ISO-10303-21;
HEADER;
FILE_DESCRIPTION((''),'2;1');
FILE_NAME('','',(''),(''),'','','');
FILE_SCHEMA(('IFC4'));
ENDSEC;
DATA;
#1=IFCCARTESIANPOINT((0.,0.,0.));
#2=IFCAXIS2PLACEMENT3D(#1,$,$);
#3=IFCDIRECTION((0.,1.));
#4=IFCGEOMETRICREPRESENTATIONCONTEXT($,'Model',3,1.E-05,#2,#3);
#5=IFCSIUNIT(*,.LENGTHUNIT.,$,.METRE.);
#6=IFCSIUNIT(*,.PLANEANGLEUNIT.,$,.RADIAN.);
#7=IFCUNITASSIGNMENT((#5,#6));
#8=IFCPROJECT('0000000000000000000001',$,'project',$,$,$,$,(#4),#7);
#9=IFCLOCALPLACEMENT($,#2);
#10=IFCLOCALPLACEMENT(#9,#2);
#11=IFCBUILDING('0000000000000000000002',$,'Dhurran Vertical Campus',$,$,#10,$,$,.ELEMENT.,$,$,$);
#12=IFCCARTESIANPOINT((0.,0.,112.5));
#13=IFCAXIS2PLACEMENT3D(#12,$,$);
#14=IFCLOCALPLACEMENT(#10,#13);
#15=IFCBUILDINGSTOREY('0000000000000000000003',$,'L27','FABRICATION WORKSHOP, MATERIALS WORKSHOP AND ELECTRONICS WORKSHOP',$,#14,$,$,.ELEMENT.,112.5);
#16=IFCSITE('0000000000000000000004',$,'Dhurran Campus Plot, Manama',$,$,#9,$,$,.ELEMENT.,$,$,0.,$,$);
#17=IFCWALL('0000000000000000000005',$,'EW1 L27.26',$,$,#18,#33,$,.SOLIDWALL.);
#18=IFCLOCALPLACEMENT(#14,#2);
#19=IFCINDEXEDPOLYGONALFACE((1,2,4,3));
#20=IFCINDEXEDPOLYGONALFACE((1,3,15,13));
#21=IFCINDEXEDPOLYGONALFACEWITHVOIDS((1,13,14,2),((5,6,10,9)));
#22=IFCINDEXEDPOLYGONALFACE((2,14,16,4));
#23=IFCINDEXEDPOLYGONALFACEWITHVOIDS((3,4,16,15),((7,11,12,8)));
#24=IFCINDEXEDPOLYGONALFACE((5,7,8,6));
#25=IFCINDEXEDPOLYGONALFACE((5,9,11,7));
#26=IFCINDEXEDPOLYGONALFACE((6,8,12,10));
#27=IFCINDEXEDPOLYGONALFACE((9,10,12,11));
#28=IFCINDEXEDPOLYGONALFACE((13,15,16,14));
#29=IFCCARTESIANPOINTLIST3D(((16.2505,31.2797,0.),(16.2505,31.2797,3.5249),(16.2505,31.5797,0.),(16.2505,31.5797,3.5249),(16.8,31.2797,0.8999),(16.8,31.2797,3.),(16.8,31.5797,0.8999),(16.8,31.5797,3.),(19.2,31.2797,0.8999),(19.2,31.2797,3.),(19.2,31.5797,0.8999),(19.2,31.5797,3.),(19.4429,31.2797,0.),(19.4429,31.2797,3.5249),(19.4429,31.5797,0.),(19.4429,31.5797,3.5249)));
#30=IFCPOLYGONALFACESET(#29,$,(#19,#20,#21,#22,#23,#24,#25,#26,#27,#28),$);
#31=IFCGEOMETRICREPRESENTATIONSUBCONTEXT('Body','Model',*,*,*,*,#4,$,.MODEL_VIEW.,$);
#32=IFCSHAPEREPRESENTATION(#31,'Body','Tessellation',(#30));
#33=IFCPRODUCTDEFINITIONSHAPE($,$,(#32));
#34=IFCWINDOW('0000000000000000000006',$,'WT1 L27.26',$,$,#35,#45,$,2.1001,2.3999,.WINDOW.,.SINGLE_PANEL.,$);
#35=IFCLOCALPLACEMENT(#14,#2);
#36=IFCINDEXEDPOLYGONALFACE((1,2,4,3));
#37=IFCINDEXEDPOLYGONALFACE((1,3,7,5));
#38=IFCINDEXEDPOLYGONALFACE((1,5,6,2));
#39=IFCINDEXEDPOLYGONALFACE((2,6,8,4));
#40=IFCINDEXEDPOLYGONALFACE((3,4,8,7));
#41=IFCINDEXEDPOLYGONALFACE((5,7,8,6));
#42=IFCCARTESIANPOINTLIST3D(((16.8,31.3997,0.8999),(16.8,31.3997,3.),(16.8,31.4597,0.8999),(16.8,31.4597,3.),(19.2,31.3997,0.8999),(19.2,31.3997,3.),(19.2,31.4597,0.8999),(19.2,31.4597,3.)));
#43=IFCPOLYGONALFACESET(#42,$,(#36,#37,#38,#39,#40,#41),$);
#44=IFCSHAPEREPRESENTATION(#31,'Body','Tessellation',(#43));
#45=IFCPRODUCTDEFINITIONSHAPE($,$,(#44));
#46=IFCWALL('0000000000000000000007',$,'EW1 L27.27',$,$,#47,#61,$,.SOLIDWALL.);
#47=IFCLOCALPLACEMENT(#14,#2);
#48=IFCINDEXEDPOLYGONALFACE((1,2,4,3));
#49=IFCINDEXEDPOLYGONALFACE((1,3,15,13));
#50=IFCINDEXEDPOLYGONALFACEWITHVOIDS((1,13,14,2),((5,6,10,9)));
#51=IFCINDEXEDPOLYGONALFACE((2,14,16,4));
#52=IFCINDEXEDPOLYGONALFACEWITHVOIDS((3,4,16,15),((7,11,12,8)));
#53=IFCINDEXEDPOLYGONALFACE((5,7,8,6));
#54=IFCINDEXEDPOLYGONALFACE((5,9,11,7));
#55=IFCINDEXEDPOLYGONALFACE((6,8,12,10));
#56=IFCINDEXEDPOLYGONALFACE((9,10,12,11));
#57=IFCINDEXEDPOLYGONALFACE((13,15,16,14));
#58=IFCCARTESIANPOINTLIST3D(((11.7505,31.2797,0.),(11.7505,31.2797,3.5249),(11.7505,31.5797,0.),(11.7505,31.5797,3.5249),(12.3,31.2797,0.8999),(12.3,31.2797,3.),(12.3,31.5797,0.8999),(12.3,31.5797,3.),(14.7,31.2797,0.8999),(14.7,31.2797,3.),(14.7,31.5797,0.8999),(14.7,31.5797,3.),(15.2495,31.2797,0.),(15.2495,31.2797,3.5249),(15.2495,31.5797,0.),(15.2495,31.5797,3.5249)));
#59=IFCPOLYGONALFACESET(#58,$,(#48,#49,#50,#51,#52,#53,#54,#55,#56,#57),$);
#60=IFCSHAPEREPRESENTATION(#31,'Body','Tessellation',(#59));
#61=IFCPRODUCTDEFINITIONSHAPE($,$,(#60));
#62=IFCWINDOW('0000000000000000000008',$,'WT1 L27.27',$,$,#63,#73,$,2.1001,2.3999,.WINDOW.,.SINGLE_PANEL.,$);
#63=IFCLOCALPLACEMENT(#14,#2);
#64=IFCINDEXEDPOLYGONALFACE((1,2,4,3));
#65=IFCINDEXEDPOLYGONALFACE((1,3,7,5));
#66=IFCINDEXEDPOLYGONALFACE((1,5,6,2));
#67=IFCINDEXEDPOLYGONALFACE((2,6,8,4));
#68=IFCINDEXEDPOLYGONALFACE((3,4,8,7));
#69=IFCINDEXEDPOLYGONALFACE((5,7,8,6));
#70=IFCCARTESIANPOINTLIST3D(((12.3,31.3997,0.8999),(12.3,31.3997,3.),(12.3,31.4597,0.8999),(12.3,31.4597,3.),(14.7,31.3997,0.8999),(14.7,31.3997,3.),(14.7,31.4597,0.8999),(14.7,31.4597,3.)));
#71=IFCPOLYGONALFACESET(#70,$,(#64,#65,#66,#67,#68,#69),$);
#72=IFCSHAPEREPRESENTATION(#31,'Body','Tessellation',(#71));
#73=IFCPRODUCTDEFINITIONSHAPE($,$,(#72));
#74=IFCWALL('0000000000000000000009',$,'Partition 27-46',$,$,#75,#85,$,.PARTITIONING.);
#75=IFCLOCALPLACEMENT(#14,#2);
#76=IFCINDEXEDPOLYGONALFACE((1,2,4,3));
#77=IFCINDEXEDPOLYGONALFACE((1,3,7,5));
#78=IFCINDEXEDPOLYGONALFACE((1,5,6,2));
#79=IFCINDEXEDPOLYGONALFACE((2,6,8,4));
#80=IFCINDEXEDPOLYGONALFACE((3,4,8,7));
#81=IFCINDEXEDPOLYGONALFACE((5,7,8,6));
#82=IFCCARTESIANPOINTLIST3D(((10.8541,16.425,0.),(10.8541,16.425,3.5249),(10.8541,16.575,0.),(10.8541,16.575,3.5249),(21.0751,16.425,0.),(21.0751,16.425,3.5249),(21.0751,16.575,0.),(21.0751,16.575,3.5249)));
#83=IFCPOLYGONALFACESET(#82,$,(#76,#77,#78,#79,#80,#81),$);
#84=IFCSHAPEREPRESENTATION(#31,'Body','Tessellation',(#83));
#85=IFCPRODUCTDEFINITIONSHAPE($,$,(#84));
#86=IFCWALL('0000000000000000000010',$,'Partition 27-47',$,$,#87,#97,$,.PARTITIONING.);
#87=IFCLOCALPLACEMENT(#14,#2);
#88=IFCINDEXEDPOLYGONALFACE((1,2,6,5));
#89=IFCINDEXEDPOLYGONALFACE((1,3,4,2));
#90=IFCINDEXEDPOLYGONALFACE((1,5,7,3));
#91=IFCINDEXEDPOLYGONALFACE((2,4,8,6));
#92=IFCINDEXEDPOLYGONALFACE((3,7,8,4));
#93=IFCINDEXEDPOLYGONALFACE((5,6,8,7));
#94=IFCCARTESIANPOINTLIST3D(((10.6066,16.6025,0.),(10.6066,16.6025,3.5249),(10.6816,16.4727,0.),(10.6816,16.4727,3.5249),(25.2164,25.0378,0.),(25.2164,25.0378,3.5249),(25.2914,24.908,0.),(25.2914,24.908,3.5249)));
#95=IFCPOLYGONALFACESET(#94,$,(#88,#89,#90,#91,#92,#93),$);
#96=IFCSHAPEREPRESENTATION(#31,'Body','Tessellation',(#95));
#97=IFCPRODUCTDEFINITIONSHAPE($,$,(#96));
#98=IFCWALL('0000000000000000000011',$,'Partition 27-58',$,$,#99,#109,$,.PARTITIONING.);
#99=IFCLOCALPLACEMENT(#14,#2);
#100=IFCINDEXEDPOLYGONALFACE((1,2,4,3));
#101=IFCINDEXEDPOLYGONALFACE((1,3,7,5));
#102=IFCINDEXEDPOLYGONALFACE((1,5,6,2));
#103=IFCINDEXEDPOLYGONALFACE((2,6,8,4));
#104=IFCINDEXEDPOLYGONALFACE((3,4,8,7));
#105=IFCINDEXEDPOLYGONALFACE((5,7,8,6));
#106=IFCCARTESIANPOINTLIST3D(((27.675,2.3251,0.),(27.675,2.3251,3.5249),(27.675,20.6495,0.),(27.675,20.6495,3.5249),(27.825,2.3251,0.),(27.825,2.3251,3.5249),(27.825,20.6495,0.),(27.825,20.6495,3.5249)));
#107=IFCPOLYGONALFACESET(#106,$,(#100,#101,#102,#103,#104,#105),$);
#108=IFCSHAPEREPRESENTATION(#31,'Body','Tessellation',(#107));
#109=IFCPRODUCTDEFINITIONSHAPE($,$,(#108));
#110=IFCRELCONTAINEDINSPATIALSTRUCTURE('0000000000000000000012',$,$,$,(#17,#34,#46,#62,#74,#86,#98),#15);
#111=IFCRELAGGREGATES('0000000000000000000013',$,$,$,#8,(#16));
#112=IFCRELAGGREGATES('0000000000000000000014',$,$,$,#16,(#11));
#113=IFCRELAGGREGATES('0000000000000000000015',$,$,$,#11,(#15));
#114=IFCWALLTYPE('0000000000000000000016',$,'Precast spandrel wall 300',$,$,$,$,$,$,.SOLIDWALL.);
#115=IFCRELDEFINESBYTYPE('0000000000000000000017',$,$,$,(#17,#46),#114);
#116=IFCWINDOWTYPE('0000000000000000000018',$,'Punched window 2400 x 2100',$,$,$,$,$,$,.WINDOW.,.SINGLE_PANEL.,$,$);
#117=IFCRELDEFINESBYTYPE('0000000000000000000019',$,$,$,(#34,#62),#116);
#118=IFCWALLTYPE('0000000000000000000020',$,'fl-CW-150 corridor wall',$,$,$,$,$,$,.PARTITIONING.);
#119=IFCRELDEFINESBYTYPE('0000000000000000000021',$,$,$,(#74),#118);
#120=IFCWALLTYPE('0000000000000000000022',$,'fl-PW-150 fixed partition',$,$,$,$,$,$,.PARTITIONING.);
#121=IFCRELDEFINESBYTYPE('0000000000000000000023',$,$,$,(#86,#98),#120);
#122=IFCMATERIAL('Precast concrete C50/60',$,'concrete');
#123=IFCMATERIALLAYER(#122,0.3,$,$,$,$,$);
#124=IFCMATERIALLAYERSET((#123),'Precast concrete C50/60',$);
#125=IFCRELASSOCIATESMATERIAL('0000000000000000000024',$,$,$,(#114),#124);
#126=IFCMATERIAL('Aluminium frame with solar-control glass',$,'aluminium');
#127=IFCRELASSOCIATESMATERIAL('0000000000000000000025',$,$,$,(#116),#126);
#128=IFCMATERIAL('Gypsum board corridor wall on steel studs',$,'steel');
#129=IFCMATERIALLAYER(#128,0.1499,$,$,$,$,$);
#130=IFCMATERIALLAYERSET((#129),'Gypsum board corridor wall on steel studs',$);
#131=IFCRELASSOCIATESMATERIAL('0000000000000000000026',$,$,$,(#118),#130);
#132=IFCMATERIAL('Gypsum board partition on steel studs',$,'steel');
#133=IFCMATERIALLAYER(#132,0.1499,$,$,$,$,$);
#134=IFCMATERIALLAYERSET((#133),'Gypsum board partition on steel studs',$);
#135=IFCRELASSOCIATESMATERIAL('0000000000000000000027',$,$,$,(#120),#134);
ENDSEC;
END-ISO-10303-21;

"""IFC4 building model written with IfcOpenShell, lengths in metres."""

from ifc_helpers import new_model, si_unit, direction, frame, frame_2d, origin, place, context, subcontext, project, spatial, rectangle, extrude, material, layer, layer_set, type_object, element, fill, save


model = new_model("IFC4")

# Units and contexts
model_context = context("Model", 3, precision=1e-05, world=origin(), true_north=direction((0.0, 1.0)))
body_context = subcontext(model_context, "Body", "Model", "MODEL_VIEW")
ifc_project = project(units=[si_unit("LENGTHUNIT", "METRE"), si_unit("PLANEANGLEUNIT", "RADIAN")], contexts=[model_context])

# Site, building, storey
site_placement = place(None, origin())
site = spatial("IfcSite", under=ifc_project, at=site_placement, Name="Dhurran Campus Plot, Manama", CompositionType="ELEMENT", RefElevation=0.0)
building_placement = place(site_placement, origin())
building = spatial("IfcBuilding", under=site, at=building_placement, Name="Dhurran Vertical Campus", CompositionType="ELEMENT")
storey_placement = place(building_placement, frame((0.0, 0.0, 112.5)))
storey = spatial("IfcBuildingStorey", under=building, at=storey_placement, Name="L27", Description="FABRICATION WORKSHOP, MATERIALS WORKSHOP AND ELECTRONICS WORKSHOP", CompositionType="ELEMENT", Elevation=112.5)

# Walls, openings, windows
ifc_material_1 = material(Name="Precast concrete C50/60", Category="concrete")
ifc_layer_1 = layer(ifc_material_1, 0.3)
ifc_layer_set_1 = layer_set([ifc_layer_1], Name="Precast concrete C50/60")
wall_type_1 = type_object("IfcWallType", Name="Precast spandrel wall 300", PredefinedType="SOLIDWALL", material=ifc_layer_set_1)
ifc_material_2 = material(Name="Aluminium frame with solar-control glass", Category="aluminium")
window_type = type_object("IfcWindowType", Name="Punched window 2400 x 2100", PartitioningType="SINGLE_PANEL", PredefinedType="WINDOW", material=ifc_material_2)
wall_1_placement = place(storey_placement, frame((19.4429, 31.4297, 0.0), z_axis=(0.0, 0.0, 1.0), x_axis=(-1.0, 0.0, 0.0)))
wall_1 = element("IfcWall", 1, at=wall_1_placement, inside=storey, type_object=wall_type_1, Name="EW1 L27.26", PredefinedType="SOLIDWALL", context=body_context, shape_type="SweptSolid", body=[
    extrude(rectangle(XDim=3.1924, YDim=0.3, at=frame_2d((1.5962, 0.0))), origin(), (0.0, 0.0, 1.0), 3.5249),
])
opening_1_placement = place(wall_1_placement, frame((0.2429, 0.0, 0.8999)))
opening_1 = element("IfcOpeningElement", 2, at=opening_1_placement, cuts=wall_1, PredefinedType="OPENING", context=body_context, shape_type="SweptSolid", body=[
    extrude(rectangle(XDim=2.3999, YDim=2.1001, at=frame_2d((1.2, 1.05))), frame((0.0, 0.1599, 0.0), z_axis=(0.0, -1.0, 0.0), x_axis=(1.0, 0.0, 0.0)), (0.0, 0.0, 1.0), 0.3201),
])
window_1_placement = place(opening_1_placement, origin())
window_1 = element("IfcWindow", 3, at=window_1_placement, inside=storey, type_object=window_type, Name="WT1 L27.26", OverallHeight=2.1001, OverallWidth=2.3999, PartitioningType="SINGLE_PANEL", PredefinedType="WINDOW", context=body_context, shape_type="SweptSolid", body=[
    extrude(rectangle(XDim=2.3999, YDim=2.1001, at=frame_2d((1.2, 1.05))), frame((0.0, 0.03, 0.0), z_axis=(0.0, -1.0, 0.0), x_axis=(1.0, 0.0, 0.0)), (0.0, 0.0, 1.0), 0.0601),
])
fill(opening_1, window_1)
wall_2_placement = place(storey_placement, frame((15.2495, 31.4297, 0.0), z_axis=(0.0, 0.0, 1.0), x_axis=(-1.0, 0.0, 0.0)))
wall_2 = element("IfcWall", 4, at=wall_2_placement, inside=storey, type_object=wall_type_1, Name="EW1 L27.27", PredefinedType="SOLIDWALL", context=body_context, shape_type="SweptSolid", body=[
    extrude(rectangle(XDim=3.499, YDim=0.3, at=frame_2d((1.7495, 0.0))), origin(), (0.0, 0.0, 1.0), 3.5249),
])
opening_2_placement = place(wall_2_placement, frame((0.5496, 0.0, 0.8999)))
opening_2 = element("IfcOpeningElement", 5, at=opening_2_placement, cuts=wall_2, PredefinedType="OPENING", context=body_context, shape_type="SweptSolid", body=[
    extrude(rectangle(XDim=2.3999, YDim=2.1001, at=frame_2d((1.2, 1.05))), frame((0.0, 0.1599, 0.0), z_axis=(0.0, -1.0, 0.0), x_axis=(1.0, 0.0, 0.0)), (0.0, 0.0, 1.0), 0.3201),
])
window_2_placement = place(opening_2_placement, origin())
window_2 = element("IfcWindow", 6, at=window_2_placement, inside=storey, type_object=window_type, Name="WT1 L27.27", OverallHeight=2.1001, OverallWidth=2.3999, PartitioningType="SINGLE_PANEL", PredefinedType="WINDOW", context=body_context, shape_type="SweptSolid", body=[
    extrude(rectangle(XDim=2.3999, YDim=2.1001, at=frame_2d((1.2, 1.05))), frame((0.0, 0.03, 0.0), z_axis=(0.0, -1.0, 0.0), x_axis=(1.0, 0.0, 0.0)), (0.0, 0.0, 1.0), 0.0601),
])
fill(opening_2, window_2)

# Walls
ifc_material_3 = material(Name="Gypsum board corridor wall on steel studs", Category="steel")
ifc_layer_2 = layer(ifc_material_3, 0.1499)
ifc_layer_set_2 = layer_set([ifc_layer_2], Name="Gypsum board corridor wall on steel studs")
wall_type_2 = type_object("IfcWallType", Name="fl-CW-150 corridor wall", PredefinedType="PARTITIONING", material=ifc_layer_set_2)
wall_3_placement = place(storey_placement, frame((21.075, 16.5, 0.0), z_axis=(0.0, 0.0, 1.0), x_axis=(-1.0, 0.0, 0.0)))
element("IfcWall", 7, at=wall_3_placement, inside=storey, type_object=wall_type_2, Name="Partition 27-46", PredefinedType="PARTITIONING", context=body_context, shape_type="SweptSolid", body=[
    extrude(rectangle(XDim=10.2209, YDim=0.1499, at=frame_2d((5.1104, 0.0))), origin(), (0.0, 0.0, 1.0), 3.5249),
])
ifc_material_4 = material(Name="Gypsum board partition on steel studs", Category="steel")
ifc_layer_3 = layer(ifc_material_4, 0.1499)
ifc_layer_set_3 = layer_set([ifc_layer_3], Name="Gypsum board partition on steel studs")
wall_type_3 = type_object("IfcWallType", Name="fl-PW-150 fixed partition", PredefinedType="PARTITIONING", material=ifc_layer_set_3)
wall_4_placement = place(storey_placement, frame((25.2539, 24.9729, 0.0), z_axis=(0.0, 0.0, 1.0), x_axis=(-0.866018, -0.500013, 0.0)))
element("IfcWall", 8, at=wall_4_placement, inside=storey, type_object=wall_type_3, Name="Partition 27-47", PredefinedType="PARTITIONING", context=body_context, shape_type="SweptSolid", body=[
    extrude(rectangle(XDim=16.8701, YDim=0.1499, at=frame_2d((8.4351, 0.0))), origin(), (0.0, 0.0, 1.0), 3.5249),
])
wall_5_placement = place(storey_placement, frame((27.75, 20.6494, 0.0), z_axis=(0.0, 0.0, 1.0), x_axis=(0.0, -1.0, 0.0)))
element("IfcWall", 9, at=wall_5_placement, inside=storey, type_object=wall_type_3, Name="Partition 27-58", PredefinedType="PARTITIONING", context=body_context, shape_type="SweptSolid", body=[
    extrude(rectangle(XDim=18.3245, YDim=0.1499, at=frame_2d((9.1621, 0.0))), origin(), (0.0, 0.0, 1.0), 3.5249),
])

save(model, "model.ifc")
